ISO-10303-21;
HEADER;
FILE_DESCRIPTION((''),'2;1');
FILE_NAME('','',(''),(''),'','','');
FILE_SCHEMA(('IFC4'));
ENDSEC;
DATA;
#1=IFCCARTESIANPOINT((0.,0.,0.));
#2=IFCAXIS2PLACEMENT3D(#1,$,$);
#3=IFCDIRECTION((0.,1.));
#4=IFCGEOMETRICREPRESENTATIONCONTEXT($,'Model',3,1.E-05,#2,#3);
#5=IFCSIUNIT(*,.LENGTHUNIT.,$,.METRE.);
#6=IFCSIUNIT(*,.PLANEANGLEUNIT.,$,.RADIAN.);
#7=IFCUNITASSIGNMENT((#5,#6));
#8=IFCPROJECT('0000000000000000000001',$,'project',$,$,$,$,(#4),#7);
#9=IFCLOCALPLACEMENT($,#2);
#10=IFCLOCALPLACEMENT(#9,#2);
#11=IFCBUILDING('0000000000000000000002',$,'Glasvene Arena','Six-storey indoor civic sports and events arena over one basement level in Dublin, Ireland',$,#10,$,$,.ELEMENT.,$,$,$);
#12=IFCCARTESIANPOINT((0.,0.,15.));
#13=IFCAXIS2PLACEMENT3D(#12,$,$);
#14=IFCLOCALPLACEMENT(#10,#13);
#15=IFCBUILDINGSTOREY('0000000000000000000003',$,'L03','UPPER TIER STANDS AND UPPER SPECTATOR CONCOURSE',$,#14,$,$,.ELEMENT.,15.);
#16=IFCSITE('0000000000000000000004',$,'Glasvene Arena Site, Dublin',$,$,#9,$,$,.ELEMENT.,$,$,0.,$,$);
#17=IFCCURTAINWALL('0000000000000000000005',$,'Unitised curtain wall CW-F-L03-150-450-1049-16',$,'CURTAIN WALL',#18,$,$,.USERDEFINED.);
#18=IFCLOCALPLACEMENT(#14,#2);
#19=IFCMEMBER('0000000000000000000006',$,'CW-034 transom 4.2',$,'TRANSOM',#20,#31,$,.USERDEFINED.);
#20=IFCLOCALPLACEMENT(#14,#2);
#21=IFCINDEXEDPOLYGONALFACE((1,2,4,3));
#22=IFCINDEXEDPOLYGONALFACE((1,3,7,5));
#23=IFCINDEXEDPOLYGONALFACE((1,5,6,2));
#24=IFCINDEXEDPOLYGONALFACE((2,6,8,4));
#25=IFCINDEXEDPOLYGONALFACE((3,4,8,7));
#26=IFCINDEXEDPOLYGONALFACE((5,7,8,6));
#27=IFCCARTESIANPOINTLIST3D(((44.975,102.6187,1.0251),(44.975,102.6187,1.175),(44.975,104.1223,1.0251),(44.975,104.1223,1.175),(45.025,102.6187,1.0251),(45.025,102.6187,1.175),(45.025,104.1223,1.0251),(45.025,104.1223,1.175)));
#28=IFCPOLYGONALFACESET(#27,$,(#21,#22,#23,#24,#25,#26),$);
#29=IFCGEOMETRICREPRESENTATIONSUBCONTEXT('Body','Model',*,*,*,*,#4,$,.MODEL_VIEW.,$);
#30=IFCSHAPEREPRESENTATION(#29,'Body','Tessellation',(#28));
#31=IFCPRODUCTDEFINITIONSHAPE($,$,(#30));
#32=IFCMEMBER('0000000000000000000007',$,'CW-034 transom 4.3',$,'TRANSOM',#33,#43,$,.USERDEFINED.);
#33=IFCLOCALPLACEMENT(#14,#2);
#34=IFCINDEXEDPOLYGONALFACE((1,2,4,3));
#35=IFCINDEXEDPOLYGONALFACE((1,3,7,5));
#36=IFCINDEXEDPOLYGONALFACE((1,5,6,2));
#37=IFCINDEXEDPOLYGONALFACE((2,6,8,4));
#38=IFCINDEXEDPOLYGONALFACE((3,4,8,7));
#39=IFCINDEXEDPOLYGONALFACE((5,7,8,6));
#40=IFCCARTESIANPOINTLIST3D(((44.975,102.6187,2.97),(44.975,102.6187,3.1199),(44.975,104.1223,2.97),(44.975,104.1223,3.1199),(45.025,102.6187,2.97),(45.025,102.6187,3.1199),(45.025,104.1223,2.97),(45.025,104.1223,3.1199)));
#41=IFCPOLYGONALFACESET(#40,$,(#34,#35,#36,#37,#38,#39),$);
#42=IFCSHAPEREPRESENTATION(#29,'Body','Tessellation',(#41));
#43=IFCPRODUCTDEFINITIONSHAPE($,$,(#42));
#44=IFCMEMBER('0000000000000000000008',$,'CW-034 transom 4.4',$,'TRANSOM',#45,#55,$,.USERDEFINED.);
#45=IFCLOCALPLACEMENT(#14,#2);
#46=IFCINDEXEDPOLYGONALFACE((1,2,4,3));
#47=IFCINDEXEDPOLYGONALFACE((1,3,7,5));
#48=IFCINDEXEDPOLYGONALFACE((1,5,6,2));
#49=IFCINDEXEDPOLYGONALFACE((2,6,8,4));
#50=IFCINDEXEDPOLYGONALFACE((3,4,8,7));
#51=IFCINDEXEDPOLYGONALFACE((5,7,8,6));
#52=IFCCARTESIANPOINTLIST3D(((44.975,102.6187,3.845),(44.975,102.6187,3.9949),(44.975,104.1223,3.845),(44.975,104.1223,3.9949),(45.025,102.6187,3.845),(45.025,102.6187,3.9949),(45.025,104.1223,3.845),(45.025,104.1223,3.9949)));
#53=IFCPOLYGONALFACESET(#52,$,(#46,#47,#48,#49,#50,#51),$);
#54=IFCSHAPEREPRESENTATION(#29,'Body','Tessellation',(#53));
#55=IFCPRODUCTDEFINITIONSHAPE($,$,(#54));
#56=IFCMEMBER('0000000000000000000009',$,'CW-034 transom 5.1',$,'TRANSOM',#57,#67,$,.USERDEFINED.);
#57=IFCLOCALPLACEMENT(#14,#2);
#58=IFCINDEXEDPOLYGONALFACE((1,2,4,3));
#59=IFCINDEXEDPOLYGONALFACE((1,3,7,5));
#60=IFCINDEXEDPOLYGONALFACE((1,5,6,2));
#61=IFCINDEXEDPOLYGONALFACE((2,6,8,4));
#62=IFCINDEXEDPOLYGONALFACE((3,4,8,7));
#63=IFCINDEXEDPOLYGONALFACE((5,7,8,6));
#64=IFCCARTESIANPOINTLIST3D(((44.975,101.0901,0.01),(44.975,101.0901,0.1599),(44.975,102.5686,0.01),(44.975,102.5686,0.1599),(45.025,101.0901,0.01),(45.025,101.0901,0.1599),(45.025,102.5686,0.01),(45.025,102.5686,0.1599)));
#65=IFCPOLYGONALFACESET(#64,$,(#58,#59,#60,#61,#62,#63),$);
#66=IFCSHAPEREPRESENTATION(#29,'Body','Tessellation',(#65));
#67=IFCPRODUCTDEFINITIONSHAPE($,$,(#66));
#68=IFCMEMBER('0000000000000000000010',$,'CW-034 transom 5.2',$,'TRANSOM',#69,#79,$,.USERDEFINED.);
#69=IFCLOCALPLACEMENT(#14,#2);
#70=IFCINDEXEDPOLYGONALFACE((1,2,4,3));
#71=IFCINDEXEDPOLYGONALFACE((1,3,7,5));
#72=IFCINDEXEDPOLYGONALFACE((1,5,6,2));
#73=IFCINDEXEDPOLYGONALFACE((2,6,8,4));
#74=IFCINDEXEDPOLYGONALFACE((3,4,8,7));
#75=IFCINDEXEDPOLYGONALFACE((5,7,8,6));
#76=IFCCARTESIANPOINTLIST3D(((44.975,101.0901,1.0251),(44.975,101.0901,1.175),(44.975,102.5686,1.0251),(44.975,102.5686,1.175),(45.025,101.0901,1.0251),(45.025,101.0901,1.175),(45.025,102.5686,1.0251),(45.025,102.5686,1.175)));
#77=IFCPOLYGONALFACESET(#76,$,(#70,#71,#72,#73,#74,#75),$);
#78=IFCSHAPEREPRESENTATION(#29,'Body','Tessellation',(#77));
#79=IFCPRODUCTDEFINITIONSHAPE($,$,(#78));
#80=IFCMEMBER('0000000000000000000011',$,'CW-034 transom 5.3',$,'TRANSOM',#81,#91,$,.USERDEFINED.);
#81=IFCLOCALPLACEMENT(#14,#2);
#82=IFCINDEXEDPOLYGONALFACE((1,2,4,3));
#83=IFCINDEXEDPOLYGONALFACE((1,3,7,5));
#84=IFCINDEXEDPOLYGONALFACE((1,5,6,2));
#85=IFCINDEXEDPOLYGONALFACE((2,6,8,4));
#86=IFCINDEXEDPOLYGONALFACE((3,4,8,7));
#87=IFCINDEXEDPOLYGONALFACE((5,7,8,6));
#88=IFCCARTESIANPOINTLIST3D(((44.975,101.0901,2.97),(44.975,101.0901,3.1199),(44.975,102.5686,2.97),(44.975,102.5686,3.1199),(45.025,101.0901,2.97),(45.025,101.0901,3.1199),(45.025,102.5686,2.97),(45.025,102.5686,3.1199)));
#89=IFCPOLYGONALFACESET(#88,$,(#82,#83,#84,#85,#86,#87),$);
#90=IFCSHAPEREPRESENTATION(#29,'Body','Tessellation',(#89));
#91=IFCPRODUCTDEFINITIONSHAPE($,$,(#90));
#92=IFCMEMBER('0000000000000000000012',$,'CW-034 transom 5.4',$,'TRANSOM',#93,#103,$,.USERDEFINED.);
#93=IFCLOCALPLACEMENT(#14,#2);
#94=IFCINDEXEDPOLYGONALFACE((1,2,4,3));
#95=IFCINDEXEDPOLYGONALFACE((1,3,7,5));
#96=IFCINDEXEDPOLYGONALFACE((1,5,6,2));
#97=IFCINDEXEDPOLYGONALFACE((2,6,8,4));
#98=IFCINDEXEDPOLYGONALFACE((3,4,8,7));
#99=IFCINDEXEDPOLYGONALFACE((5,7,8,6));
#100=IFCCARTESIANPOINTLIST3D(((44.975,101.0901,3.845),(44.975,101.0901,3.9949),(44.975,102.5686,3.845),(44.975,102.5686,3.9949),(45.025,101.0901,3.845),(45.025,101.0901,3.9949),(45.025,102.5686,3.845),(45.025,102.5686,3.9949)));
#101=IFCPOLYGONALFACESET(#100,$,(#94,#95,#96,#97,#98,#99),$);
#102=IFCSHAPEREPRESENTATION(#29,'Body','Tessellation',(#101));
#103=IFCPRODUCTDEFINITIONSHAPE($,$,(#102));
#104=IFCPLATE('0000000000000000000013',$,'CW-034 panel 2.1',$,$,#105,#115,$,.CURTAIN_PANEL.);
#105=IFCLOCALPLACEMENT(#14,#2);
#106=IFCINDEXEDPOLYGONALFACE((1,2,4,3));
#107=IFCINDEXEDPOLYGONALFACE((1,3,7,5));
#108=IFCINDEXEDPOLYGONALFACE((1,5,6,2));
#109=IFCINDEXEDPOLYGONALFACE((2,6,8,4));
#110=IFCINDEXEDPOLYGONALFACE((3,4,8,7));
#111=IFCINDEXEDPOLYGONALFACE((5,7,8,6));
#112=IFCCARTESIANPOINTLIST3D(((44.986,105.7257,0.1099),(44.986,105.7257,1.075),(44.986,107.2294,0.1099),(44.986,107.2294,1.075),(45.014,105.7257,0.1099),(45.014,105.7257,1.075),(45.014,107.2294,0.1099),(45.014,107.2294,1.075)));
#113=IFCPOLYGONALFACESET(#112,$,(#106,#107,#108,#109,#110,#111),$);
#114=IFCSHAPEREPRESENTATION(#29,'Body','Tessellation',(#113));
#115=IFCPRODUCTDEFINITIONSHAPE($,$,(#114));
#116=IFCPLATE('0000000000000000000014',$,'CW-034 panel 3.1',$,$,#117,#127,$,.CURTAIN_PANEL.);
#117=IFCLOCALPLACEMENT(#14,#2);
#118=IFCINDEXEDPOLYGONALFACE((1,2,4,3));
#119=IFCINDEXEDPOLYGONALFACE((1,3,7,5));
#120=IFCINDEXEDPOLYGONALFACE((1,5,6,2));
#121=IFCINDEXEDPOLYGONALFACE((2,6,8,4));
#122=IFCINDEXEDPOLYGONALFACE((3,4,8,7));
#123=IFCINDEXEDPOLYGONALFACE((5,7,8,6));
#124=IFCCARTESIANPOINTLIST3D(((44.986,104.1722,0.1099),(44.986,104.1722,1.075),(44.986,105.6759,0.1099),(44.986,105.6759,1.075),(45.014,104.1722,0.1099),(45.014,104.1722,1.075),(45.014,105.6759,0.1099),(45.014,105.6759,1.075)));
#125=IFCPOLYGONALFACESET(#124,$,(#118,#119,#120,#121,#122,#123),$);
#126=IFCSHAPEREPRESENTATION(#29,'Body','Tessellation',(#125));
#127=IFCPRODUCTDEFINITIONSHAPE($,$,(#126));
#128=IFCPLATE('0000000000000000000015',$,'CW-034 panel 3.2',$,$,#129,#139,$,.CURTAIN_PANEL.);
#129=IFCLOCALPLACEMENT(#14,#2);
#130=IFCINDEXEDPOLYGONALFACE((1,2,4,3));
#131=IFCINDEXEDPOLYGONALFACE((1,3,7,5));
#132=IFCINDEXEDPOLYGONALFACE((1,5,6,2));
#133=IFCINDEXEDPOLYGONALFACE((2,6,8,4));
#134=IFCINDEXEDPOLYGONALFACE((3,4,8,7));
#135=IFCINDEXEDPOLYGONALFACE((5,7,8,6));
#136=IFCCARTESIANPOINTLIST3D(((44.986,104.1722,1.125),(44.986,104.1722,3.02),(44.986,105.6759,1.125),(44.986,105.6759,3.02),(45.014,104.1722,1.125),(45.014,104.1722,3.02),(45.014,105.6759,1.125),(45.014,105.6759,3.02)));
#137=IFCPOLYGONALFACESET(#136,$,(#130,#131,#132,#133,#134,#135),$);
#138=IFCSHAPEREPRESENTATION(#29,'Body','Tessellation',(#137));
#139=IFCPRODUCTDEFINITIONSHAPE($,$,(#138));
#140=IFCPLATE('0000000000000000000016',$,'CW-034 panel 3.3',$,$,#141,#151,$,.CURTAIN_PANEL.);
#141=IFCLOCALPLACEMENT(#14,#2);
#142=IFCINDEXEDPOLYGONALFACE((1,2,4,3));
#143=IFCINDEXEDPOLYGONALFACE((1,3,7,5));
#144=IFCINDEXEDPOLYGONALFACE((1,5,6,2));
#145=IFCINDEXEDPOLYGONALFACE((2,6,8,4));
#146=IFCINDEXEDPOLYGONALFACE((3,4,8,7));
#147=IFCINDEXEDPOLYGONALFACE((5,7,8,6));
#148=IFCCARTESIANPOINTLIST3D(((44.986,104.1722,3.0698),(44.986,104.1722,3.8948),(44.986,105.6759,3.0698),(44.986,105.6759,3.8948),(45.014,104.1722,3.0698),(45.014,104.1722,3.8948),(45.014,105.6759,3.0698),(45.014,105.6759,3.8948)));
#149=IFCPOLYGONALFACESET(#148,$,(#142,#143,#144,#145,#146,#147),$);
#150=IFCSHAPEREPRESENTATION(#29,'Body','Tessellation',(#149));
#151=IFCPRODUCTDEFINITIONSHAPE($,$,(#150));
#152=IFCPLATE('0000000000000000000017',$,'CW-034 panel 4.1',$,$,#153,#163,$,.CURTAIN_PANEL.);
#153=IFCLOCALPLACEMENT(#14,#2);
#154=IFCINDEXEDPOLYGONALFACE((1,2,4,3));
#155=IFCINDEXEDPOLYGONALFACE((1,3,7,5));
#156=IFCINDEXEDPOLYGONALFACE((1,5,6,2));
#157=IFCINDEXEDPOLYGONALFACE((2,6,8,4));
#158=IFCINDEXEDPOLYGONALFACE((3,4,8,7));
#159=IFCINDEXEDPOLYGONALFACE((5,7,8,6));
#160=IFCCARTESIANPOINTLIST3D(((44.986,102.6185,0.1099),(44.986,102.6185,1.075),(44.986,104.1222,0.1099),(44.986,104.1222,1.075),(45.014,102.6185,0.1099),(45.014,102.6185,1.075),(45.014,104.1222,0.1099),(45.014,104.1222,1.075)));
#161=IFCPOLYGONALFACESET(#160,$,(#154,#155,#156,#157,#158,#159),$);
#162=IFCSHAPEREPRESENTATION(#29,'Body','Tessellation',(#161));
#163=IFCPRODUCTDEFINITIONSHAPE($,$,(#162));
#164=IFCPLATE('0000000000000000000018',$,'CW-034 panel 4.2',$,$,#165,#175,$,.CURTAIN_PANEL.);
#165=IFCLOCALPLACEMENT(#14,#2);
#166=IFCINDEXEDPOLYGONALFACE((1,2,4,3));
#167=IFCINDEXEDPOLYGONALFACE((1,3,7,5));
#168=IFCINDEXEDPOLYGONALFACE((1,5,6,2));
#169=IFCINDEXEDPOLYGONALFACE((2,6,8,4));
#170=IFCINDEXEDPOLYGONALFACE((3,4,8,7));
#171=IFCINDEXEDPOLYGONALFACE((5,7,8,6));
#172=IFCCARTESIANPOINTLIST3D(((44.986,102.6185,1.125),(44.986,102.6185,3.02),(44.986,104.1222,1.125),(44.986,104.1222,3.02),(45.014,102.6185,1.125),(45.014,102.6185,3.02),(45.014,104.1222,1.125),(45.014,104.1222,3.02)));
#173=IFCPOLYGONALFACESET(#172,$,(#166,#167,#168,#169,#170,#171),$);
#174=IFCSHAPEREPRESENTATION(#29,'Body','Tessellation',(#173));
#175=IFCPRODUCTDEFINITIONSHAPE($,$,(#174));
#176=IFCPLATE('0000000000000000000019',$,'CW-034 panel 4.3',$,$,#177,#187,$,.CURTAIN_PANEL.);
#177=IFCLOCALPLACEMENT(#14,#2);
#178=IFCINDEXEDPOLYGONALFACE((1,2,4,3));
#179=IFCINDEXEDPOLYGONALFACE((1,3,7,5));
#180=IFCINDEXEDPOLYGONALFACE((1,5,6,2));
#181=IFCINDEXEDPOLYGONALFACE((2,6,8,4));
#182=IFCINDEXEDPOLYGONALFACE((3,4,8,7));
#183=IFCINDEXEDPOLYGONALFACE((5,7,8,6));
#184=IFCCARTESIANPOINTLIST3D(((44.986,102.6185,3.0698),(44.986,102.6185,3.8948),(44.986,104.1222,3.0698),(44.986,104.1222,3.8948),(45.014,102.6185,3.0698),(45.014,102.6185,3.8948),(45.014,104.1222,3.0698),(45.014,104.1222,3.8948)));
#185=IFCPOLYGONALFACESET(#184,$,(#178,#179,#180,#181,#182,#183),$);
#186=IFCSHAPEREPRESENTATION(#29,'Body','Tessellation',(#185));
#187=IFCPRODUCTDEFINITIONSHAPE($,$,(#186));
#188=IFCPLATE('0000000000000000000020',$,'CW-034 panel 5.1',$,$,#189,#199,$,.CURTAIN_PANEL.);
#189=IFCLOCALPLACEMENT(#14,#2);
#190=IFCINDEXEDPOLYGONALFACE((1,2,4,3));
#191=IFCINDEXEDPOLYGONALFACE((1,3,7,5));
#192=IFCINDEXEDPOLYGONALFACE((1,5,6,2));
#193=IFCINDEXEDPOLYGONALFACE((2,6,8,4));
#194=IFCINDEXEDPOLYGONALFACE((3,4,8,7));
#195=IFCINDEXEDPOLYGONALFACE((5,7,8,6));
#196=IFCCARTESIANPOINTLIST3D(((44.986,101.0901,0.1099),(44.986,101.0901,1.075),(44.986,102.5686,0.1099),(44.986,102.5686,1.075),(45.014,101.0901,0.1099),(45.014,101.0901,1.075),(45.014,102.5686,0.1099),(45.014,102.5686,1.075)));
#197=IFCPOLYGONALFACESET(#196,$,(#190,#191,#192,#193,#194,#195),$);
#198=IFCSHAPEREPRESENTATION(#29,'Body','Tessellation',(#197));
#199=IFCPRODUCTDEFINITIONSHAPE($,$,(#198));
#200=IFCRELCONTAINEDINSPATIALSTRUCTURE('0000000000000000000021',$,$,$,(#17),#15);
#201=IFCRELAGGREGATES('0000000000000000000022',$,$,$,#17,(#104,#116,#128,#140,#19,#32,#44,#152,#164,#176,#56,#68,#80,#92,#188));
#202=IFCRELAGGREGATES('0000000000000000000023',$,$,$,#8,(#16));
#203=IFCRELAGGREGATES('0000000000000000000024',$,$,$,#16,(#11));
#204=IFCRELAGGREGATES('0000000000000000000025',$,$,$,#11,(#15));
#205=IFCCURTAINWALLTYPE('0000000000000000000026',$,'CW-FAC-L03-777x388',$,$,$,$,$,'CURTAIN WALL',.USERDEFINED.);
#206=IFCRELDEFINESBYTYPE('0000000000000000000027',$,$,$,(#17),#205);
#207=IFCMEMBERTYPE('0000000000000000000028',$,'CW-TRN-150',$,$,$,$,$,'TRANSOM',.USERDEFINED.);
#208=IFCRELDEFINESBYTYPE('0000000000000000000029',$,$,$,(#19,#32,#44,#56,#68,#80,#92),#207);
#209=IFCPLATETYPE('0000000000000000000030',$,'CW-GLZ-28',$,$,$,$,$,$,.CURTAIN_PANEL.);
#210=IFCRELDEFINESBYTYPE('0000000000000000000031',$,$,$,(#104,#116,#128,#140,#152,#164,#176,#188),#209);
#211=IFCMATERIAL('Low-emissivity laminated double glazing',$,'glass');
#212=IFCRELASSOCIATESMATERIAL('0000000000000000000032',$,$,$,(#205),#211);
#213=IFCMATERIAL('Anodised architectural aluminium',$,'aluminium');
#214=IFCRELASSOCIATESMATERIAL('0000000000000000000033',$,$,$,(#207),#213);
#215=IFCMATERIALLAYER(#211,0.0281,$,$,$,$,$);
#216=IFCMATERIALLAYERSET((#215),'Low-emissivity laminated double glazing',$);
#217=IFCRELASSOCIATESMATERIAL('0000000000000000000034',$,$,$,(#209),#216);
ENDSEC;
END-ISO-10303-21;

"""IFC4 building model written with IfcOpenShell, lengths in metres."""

from ifc_helpers import new_model, si_unit, direction, frame, origin, origin_2d, place, context, subcontext, project, spatial, rectangle, extrude, material, layer, layer_set, material_profile, profile_set, type_object, element, aggregate, save


model = new_model("IFC4")

# Units and contexts
model_context = context("Model", 3, precision=1e-05, world=origin(), true_north=direction((0.0, 1.0)))
body_context = subcontext(model_context, "Body", "Model", "MODEL_VIEW")
ifc_project = project(units=[si_unit("LENGTHUNIT", "METRE"), si_unit("PLANEANGLEUNIT", "RADIAN")], contexts=[model_context])

# Site, building, storey
site_placement = place(None, origin())
site = spatial("IfcSite", under=ifc_project, at=site_placement, Name="Glasvene Arena Site, Dublin", CompositionType="ELEMENT", RefElevation=0.0)
building_placement = place(site_placement, origin())
building = spatial("IfcBuilding", under=site, at=building_placement, Name="Glasvene Arena", Description="Six-storey indoor civic sports and events arena over one basement level in Dublin, Ireland", CompositionType="ELEMENT")
storey_placement = place(building_placement, frame((0.0, 0.0, 15.0)))
storey = spatial("IfcBuildingStorey", under=building, at=storey_placement, Name="L03", Description="UPPER TIER STANDS AND UPPER SPECTATOR CONCOURSE", CompositionType="ELEMENT", Elevation=15.0)

# Curtain wall, members, plates
ifc_material_1 = material(Name="Low-emissivity laminated double glazing", Category="glass")
curtain_wall_type = type_object("IfcCurtainWallType", Name="CW-FAC-L03-777x388", ElementType="CURTAIN WALL", PredefinedType="USERDEFINED", material=ifc_material_1)
curtain_wall_placement = place(storey_placement, frame((45.0, 108.8081, 0.0)))
curtain_wall = element("IfcCurtainWall", 1, at=curtain_wall_placement, inside=storey, type_object=curtain_wall_type, Name="Unitised curtain wall CW-F-L03-150-450-1049-16", ObjectType="CURTAIN WALL", PredefinedType="USERDEFINED")
ifc_material_2 = material(Name="Anodised architectural aluminium", Category="aluminium")
ifc_material_profile_1 = material_profile(ifc_material_2, rectangle(XDim=0.05, YDim=0.1499, at=origin_2d()), Name="ALU TRANSOM 50x150")
ifc_profile_set_1 = profile_set([ifc_material_profile_1], Name="Anodised architectural aluminium")
member_type_1 = type_object("IfcMemberType", Name="CW-TRN-150", ElementType="TRANSOM", PredefinedType="USERDEFINED", material=ifc_profile_set_1)
member_1_placement = place(storey_placement, frame((45.0, 104.1223, 1.1001), z_axis=(0.0, -1.0, 0.0), x_axis=(1.0, 0.0, 0.0)))
member_1 = element("IfcMember", 2, at=member_1_placement, type_object=member_type_1, Name="CW-034 transom 4.2", ObjectType="TRANSOM", PredefinedType="USERDEFINED", context=body_context, shape_type="SweptSolid", body=[
    extrude(rectangle(XDim=0.05, YDim=0.1499, at=origin_2d()), origin(), (0.0, 0.0, 1.0), 1.5037),
])
member_2_placement = place(storey_placement, frame((45.0, 104.1223, 3.0449), z_axis=(0.0, -1.0, 0.0), x_axis=(1.0, 0.0, 0.0)))
member_2 = element("IfcMember", 3, at=member_2_placement, type_object=member_type_1, Name="CW-034 transom 4.3", ObjectType="TRANSOM", PredefinedType="USERDEFINED", context=body_context, shape_type="SweptSolid", body=[
    extrude(rectangle(XDim=0.05, YDim=0.1499, at=origin_2d()), origin(), (0.0, 0.0, 1.0), 1.5037),
])
member_3_placement = place(storey_placement, frame((45.0, 104.1223, 3.9199), z_axis=(0.0, -1.0, 0.0), x_axis=(1.0, 0.0, 0.0)))
member_3 = element("IfcMember", 4, at=member_3_placement, type_object=member_type_1, Name="CW-034 transom 4.4", ObjectType="TRANSOM", PredefinedType="USERDEFINED", context=body_context, shape_type="SweptSolid", body=[
    extrude(rectangle(XDim=0.05, YDim=0.1499, at=origin_2d()), origin(), (0.0, 0.0, 1.0), 1.5037),
])
member_4_placement = place(storey_placement, frame((45.0, 102.5686, 0.085), z_axis=(0.0, -1.0, 0.0), x_axis=(1.0, 0.0, 0.0)))
member_4 = element("IfcMember", 5, at=member_4_placement, type_object=member_type_1, Name="CW-034 transom 5.1", ObjectType="TRANSOM", PredefinedType="USERDEFINED", context=body_context, shape_type="SweptSolid", body=[
    extrude(rectangle(XDim=0.05, YDim=0.1499, at=origin_2d()), origin(), (0.0, 0.0, 1.0), 1.4785),
])
member_5_placement = place(storey_placement, frame((45.0, 102.5686, 1.1001), z_axis=(0.0, -1.0, 0.0), x_axis=(1.0, 0.0, 0.0)))
member_5 = element("IfcMember", 6, at=member_5_placement, type_object=member_type_1, Name="CW-034 transom 5.2", ObjectType="TRANSOM", PredefinedType="USERDEFINED", context=body_context, shape_type="SweptSolid", body=[
    extrude(rectangle(XDim=0.05, YDim=0.1499, at=origin_2d()), origin(), (0.0, 0.0, 1.0), 1.4785),
])
member_6_placement = place(storey_placement, frame((45.0, 102.5686, 3.0449), z_axis=(0.0, -1.0, 0.0), x_axis=(1.0, 0.0, 0.0)))
member_6 = element("IfcMember", 7, at=member_6_placement, type_object=member_type_1, Name="CW-034 transom 5.3", ObjectType="TRANSOM", PredefinedType="USERDEFINED", context=body_context, shape_type="SweptSolid", body=[
    extrude(rectangle(XDim=0.05, YDim=0.1499, at=origin_2d()), origin(), (0.0, 0.0, 1.0), 1.4785),
])
member_7_placement = place(storey_placement, frame((45.0, 102.5686, 3.9199), z_axis=(0.0, -1.0, 0.0), x_axis=(1.0, 0.0, 0.0)))
member_7 = element("IfcMember", 8, at=member_7_placement, type_object=member_type_1, Name="CW-034 transom 5.4", ObjectType="TRANSOM", PredefinedType="USERDEFINED", context=body_context, shape_type="SweptSolid", body=[
    extrude(rectangle(XDim=0.05, YDim=0.1499, at=origin_2d()), origin(), (0.0, 0.0, 1.0), 1.4785),
])
ifc_layer_1 = layer(ifc_material_1, 0.0281)
ifc_layer_set_1 = layer_set([ifc_layer_1], Name="Low-emissivity laminated double glazing")
plate_type = type_object("IfcPlateType", Name="CW-GLZ-28", PredefinedType="CURTAIN_PANEL", material=ifc_layer_set_1)
plate_1_placement = place(storey_placement, frame((45.0, 106.4775, 0.1099), z_axis=(0.0, 0.0, 1.0), x_axis=(0.0, -1.0, 0.0)))
plate_1 = element("IfcPlate", 9, at=plate_1_placement, type_object=plate_type, Name="CW-034 panel 2.1", PredefinedType="CURTAIN_PANEL", context=body_context, shape_type="SweptSolid", body=[
    extrude(rectangle(XDim=1.5037, YDim=0.0281, at=origin_2d()), origin(), (0.0, 0.0, 1.0), 0.9651),
])
plate_2_placement = place(storey_placement, frame((45.0, 104.9241, 0.1099), z_axis=(0.0, 0.0, 1.0), x_axis=(0.0, -1.0, 0.0)))
plate_2 = element("IfcPlate", 10, at=plate_2_placement, type_object=plate_type, Name="CW-034 panel 3.1", PredefinedType="CURTAIN_PANEL", context=body_context, shape_type="SweptSolid", body=[
    extrude(rectangle(XDim=1.5037, YDim=0.0281, at=origin_2d()), origin(), (0.0, 0.0, 1.0), 0.9651),
])
plate_3_placement = place(storey_placement, frame((45.0, 104.9241, 1.125), z_axis=(0.0, 0.0, 1.0), x_axis=(0.0, -1.0, 0.0)))
plate_3 = element("IfcPlate", 11, at=plate_3_placement, type_object=plate_type, Name="CW-034 panel 3.2", PredefinedType="CURTAIN_PANEL", context=body_context, shape_type="SweptSolid", body=[
    extrude(rectangle(XDim=1.5037, YDim=0.0281, at=origin_2d()), origin(), (0.0, 0.0, 1.0), 1.895),
])
plate_4_placement = place(storey_placement, frame((45.0, 104.9241, 3.0698), z_axis=(0.0, 0.0, 1.0), x_axis=(0.0, -1.0, 0.0)))
plate_4 = element("IfcPlate", 12, at=plate_4_placement, type_object=plate_type, Name="CW-034 panel 3.3", PredefinedType="CURTAIN_PANEL", context=body_context, shape_type="SweptSolid", body=[
    extrude(rectangle(XDim=1.5037, YDim=0.0281, at=origin_2d()), origin(), (0.0, 0.0, 1.0), 0.825),
])
plate_5_placement = place(storey_placement, frame((45.0, 103.3704, 0.1099), z_axis=(0.0, 0.0, 1.0), x_axis=(0.0, -1.0, 0.0)))
plate_5 = element("IfcPlate", 13, at=plate_5_placement, type_object=plate_type, Name="CW-034 panel 4.1", PredefinedType="CURTAIN_PANEL", context=body_context, shape_type="SweptSolid", body=[
    extrude(rectangle(XDim=1.5037, YDim=0.0281, at=origin_2d()), origin(), (0.0, 0.0, 1.0), 0.9651),
])
plate_6_placement = place(storey_placement, frame((45.0, 103.3704, 1.125), z_axis=(0.0, 0.0, 1.0), x_axis=(0.0, -1.0, 0.0)))
plate_6 = element("IfcPlate", 14, at=plate_6_placement, type_object=plate_type, Name="CW-034 panel 4.2", PredefinedType="CURTAIN_PANEL", context=body_context, shape_type="SweptSolid", body=[
    extrude(rectangle(XDim=1.5037, YDim=0.0281, at=origin_2d()), origin(), (0.0, 0.0, 1.0), 1.895),
])
plate_7_placement = place(storey_placement, frame((45.0, 103.3704, 3.0698), z_axis=(0.0, 0.0, 1.0), x_axis=(0.0, -1.0, 0.0)))
plate_7 = element("IfcPlate", 15, at=plate_7_placement, type_object=plate_type, Name="CW-034 panel 4.3", PredefinedType="CURTAIN_PANEL", context=body_context, shape_type="SweptSolid", body=[
    extrude(rectangle(XDim=1.5037, YDim=0.0281, at=origin_2d()), origin(), (0.0, 0.0, 1.0), 0.825),
])
plate_8_placement = place(storey_placement, frame((45.0, 101.8293, 0.1099), z_axis=(0.0, 0.0, 1.0), x_axis=(0.0, -1.0, 0.0)))
plate_8 = element("IfcPlate", 16, at=plate_8_placement, type_object=plate_type, Name="CW-034 panel 5.1", PredefinedType="CURTAIN_PANEL", context=body_context, shape_type="SweptSolid", body=[
    extrude(rectangle(XDim=1.4785, YDim=0.0281, at=origin_2d()), origin(), (0.0, 0.0, 1.0), 0.9651),
])
aggregate(curtain_wall, [plate_1, plate_2, plate_3, plate_4, member_1, member_2, member_3, plate_5, plate_6, plate_7, member_4, member_5, member_6, member_7, plate_8])

save(model, "model.ifc")
